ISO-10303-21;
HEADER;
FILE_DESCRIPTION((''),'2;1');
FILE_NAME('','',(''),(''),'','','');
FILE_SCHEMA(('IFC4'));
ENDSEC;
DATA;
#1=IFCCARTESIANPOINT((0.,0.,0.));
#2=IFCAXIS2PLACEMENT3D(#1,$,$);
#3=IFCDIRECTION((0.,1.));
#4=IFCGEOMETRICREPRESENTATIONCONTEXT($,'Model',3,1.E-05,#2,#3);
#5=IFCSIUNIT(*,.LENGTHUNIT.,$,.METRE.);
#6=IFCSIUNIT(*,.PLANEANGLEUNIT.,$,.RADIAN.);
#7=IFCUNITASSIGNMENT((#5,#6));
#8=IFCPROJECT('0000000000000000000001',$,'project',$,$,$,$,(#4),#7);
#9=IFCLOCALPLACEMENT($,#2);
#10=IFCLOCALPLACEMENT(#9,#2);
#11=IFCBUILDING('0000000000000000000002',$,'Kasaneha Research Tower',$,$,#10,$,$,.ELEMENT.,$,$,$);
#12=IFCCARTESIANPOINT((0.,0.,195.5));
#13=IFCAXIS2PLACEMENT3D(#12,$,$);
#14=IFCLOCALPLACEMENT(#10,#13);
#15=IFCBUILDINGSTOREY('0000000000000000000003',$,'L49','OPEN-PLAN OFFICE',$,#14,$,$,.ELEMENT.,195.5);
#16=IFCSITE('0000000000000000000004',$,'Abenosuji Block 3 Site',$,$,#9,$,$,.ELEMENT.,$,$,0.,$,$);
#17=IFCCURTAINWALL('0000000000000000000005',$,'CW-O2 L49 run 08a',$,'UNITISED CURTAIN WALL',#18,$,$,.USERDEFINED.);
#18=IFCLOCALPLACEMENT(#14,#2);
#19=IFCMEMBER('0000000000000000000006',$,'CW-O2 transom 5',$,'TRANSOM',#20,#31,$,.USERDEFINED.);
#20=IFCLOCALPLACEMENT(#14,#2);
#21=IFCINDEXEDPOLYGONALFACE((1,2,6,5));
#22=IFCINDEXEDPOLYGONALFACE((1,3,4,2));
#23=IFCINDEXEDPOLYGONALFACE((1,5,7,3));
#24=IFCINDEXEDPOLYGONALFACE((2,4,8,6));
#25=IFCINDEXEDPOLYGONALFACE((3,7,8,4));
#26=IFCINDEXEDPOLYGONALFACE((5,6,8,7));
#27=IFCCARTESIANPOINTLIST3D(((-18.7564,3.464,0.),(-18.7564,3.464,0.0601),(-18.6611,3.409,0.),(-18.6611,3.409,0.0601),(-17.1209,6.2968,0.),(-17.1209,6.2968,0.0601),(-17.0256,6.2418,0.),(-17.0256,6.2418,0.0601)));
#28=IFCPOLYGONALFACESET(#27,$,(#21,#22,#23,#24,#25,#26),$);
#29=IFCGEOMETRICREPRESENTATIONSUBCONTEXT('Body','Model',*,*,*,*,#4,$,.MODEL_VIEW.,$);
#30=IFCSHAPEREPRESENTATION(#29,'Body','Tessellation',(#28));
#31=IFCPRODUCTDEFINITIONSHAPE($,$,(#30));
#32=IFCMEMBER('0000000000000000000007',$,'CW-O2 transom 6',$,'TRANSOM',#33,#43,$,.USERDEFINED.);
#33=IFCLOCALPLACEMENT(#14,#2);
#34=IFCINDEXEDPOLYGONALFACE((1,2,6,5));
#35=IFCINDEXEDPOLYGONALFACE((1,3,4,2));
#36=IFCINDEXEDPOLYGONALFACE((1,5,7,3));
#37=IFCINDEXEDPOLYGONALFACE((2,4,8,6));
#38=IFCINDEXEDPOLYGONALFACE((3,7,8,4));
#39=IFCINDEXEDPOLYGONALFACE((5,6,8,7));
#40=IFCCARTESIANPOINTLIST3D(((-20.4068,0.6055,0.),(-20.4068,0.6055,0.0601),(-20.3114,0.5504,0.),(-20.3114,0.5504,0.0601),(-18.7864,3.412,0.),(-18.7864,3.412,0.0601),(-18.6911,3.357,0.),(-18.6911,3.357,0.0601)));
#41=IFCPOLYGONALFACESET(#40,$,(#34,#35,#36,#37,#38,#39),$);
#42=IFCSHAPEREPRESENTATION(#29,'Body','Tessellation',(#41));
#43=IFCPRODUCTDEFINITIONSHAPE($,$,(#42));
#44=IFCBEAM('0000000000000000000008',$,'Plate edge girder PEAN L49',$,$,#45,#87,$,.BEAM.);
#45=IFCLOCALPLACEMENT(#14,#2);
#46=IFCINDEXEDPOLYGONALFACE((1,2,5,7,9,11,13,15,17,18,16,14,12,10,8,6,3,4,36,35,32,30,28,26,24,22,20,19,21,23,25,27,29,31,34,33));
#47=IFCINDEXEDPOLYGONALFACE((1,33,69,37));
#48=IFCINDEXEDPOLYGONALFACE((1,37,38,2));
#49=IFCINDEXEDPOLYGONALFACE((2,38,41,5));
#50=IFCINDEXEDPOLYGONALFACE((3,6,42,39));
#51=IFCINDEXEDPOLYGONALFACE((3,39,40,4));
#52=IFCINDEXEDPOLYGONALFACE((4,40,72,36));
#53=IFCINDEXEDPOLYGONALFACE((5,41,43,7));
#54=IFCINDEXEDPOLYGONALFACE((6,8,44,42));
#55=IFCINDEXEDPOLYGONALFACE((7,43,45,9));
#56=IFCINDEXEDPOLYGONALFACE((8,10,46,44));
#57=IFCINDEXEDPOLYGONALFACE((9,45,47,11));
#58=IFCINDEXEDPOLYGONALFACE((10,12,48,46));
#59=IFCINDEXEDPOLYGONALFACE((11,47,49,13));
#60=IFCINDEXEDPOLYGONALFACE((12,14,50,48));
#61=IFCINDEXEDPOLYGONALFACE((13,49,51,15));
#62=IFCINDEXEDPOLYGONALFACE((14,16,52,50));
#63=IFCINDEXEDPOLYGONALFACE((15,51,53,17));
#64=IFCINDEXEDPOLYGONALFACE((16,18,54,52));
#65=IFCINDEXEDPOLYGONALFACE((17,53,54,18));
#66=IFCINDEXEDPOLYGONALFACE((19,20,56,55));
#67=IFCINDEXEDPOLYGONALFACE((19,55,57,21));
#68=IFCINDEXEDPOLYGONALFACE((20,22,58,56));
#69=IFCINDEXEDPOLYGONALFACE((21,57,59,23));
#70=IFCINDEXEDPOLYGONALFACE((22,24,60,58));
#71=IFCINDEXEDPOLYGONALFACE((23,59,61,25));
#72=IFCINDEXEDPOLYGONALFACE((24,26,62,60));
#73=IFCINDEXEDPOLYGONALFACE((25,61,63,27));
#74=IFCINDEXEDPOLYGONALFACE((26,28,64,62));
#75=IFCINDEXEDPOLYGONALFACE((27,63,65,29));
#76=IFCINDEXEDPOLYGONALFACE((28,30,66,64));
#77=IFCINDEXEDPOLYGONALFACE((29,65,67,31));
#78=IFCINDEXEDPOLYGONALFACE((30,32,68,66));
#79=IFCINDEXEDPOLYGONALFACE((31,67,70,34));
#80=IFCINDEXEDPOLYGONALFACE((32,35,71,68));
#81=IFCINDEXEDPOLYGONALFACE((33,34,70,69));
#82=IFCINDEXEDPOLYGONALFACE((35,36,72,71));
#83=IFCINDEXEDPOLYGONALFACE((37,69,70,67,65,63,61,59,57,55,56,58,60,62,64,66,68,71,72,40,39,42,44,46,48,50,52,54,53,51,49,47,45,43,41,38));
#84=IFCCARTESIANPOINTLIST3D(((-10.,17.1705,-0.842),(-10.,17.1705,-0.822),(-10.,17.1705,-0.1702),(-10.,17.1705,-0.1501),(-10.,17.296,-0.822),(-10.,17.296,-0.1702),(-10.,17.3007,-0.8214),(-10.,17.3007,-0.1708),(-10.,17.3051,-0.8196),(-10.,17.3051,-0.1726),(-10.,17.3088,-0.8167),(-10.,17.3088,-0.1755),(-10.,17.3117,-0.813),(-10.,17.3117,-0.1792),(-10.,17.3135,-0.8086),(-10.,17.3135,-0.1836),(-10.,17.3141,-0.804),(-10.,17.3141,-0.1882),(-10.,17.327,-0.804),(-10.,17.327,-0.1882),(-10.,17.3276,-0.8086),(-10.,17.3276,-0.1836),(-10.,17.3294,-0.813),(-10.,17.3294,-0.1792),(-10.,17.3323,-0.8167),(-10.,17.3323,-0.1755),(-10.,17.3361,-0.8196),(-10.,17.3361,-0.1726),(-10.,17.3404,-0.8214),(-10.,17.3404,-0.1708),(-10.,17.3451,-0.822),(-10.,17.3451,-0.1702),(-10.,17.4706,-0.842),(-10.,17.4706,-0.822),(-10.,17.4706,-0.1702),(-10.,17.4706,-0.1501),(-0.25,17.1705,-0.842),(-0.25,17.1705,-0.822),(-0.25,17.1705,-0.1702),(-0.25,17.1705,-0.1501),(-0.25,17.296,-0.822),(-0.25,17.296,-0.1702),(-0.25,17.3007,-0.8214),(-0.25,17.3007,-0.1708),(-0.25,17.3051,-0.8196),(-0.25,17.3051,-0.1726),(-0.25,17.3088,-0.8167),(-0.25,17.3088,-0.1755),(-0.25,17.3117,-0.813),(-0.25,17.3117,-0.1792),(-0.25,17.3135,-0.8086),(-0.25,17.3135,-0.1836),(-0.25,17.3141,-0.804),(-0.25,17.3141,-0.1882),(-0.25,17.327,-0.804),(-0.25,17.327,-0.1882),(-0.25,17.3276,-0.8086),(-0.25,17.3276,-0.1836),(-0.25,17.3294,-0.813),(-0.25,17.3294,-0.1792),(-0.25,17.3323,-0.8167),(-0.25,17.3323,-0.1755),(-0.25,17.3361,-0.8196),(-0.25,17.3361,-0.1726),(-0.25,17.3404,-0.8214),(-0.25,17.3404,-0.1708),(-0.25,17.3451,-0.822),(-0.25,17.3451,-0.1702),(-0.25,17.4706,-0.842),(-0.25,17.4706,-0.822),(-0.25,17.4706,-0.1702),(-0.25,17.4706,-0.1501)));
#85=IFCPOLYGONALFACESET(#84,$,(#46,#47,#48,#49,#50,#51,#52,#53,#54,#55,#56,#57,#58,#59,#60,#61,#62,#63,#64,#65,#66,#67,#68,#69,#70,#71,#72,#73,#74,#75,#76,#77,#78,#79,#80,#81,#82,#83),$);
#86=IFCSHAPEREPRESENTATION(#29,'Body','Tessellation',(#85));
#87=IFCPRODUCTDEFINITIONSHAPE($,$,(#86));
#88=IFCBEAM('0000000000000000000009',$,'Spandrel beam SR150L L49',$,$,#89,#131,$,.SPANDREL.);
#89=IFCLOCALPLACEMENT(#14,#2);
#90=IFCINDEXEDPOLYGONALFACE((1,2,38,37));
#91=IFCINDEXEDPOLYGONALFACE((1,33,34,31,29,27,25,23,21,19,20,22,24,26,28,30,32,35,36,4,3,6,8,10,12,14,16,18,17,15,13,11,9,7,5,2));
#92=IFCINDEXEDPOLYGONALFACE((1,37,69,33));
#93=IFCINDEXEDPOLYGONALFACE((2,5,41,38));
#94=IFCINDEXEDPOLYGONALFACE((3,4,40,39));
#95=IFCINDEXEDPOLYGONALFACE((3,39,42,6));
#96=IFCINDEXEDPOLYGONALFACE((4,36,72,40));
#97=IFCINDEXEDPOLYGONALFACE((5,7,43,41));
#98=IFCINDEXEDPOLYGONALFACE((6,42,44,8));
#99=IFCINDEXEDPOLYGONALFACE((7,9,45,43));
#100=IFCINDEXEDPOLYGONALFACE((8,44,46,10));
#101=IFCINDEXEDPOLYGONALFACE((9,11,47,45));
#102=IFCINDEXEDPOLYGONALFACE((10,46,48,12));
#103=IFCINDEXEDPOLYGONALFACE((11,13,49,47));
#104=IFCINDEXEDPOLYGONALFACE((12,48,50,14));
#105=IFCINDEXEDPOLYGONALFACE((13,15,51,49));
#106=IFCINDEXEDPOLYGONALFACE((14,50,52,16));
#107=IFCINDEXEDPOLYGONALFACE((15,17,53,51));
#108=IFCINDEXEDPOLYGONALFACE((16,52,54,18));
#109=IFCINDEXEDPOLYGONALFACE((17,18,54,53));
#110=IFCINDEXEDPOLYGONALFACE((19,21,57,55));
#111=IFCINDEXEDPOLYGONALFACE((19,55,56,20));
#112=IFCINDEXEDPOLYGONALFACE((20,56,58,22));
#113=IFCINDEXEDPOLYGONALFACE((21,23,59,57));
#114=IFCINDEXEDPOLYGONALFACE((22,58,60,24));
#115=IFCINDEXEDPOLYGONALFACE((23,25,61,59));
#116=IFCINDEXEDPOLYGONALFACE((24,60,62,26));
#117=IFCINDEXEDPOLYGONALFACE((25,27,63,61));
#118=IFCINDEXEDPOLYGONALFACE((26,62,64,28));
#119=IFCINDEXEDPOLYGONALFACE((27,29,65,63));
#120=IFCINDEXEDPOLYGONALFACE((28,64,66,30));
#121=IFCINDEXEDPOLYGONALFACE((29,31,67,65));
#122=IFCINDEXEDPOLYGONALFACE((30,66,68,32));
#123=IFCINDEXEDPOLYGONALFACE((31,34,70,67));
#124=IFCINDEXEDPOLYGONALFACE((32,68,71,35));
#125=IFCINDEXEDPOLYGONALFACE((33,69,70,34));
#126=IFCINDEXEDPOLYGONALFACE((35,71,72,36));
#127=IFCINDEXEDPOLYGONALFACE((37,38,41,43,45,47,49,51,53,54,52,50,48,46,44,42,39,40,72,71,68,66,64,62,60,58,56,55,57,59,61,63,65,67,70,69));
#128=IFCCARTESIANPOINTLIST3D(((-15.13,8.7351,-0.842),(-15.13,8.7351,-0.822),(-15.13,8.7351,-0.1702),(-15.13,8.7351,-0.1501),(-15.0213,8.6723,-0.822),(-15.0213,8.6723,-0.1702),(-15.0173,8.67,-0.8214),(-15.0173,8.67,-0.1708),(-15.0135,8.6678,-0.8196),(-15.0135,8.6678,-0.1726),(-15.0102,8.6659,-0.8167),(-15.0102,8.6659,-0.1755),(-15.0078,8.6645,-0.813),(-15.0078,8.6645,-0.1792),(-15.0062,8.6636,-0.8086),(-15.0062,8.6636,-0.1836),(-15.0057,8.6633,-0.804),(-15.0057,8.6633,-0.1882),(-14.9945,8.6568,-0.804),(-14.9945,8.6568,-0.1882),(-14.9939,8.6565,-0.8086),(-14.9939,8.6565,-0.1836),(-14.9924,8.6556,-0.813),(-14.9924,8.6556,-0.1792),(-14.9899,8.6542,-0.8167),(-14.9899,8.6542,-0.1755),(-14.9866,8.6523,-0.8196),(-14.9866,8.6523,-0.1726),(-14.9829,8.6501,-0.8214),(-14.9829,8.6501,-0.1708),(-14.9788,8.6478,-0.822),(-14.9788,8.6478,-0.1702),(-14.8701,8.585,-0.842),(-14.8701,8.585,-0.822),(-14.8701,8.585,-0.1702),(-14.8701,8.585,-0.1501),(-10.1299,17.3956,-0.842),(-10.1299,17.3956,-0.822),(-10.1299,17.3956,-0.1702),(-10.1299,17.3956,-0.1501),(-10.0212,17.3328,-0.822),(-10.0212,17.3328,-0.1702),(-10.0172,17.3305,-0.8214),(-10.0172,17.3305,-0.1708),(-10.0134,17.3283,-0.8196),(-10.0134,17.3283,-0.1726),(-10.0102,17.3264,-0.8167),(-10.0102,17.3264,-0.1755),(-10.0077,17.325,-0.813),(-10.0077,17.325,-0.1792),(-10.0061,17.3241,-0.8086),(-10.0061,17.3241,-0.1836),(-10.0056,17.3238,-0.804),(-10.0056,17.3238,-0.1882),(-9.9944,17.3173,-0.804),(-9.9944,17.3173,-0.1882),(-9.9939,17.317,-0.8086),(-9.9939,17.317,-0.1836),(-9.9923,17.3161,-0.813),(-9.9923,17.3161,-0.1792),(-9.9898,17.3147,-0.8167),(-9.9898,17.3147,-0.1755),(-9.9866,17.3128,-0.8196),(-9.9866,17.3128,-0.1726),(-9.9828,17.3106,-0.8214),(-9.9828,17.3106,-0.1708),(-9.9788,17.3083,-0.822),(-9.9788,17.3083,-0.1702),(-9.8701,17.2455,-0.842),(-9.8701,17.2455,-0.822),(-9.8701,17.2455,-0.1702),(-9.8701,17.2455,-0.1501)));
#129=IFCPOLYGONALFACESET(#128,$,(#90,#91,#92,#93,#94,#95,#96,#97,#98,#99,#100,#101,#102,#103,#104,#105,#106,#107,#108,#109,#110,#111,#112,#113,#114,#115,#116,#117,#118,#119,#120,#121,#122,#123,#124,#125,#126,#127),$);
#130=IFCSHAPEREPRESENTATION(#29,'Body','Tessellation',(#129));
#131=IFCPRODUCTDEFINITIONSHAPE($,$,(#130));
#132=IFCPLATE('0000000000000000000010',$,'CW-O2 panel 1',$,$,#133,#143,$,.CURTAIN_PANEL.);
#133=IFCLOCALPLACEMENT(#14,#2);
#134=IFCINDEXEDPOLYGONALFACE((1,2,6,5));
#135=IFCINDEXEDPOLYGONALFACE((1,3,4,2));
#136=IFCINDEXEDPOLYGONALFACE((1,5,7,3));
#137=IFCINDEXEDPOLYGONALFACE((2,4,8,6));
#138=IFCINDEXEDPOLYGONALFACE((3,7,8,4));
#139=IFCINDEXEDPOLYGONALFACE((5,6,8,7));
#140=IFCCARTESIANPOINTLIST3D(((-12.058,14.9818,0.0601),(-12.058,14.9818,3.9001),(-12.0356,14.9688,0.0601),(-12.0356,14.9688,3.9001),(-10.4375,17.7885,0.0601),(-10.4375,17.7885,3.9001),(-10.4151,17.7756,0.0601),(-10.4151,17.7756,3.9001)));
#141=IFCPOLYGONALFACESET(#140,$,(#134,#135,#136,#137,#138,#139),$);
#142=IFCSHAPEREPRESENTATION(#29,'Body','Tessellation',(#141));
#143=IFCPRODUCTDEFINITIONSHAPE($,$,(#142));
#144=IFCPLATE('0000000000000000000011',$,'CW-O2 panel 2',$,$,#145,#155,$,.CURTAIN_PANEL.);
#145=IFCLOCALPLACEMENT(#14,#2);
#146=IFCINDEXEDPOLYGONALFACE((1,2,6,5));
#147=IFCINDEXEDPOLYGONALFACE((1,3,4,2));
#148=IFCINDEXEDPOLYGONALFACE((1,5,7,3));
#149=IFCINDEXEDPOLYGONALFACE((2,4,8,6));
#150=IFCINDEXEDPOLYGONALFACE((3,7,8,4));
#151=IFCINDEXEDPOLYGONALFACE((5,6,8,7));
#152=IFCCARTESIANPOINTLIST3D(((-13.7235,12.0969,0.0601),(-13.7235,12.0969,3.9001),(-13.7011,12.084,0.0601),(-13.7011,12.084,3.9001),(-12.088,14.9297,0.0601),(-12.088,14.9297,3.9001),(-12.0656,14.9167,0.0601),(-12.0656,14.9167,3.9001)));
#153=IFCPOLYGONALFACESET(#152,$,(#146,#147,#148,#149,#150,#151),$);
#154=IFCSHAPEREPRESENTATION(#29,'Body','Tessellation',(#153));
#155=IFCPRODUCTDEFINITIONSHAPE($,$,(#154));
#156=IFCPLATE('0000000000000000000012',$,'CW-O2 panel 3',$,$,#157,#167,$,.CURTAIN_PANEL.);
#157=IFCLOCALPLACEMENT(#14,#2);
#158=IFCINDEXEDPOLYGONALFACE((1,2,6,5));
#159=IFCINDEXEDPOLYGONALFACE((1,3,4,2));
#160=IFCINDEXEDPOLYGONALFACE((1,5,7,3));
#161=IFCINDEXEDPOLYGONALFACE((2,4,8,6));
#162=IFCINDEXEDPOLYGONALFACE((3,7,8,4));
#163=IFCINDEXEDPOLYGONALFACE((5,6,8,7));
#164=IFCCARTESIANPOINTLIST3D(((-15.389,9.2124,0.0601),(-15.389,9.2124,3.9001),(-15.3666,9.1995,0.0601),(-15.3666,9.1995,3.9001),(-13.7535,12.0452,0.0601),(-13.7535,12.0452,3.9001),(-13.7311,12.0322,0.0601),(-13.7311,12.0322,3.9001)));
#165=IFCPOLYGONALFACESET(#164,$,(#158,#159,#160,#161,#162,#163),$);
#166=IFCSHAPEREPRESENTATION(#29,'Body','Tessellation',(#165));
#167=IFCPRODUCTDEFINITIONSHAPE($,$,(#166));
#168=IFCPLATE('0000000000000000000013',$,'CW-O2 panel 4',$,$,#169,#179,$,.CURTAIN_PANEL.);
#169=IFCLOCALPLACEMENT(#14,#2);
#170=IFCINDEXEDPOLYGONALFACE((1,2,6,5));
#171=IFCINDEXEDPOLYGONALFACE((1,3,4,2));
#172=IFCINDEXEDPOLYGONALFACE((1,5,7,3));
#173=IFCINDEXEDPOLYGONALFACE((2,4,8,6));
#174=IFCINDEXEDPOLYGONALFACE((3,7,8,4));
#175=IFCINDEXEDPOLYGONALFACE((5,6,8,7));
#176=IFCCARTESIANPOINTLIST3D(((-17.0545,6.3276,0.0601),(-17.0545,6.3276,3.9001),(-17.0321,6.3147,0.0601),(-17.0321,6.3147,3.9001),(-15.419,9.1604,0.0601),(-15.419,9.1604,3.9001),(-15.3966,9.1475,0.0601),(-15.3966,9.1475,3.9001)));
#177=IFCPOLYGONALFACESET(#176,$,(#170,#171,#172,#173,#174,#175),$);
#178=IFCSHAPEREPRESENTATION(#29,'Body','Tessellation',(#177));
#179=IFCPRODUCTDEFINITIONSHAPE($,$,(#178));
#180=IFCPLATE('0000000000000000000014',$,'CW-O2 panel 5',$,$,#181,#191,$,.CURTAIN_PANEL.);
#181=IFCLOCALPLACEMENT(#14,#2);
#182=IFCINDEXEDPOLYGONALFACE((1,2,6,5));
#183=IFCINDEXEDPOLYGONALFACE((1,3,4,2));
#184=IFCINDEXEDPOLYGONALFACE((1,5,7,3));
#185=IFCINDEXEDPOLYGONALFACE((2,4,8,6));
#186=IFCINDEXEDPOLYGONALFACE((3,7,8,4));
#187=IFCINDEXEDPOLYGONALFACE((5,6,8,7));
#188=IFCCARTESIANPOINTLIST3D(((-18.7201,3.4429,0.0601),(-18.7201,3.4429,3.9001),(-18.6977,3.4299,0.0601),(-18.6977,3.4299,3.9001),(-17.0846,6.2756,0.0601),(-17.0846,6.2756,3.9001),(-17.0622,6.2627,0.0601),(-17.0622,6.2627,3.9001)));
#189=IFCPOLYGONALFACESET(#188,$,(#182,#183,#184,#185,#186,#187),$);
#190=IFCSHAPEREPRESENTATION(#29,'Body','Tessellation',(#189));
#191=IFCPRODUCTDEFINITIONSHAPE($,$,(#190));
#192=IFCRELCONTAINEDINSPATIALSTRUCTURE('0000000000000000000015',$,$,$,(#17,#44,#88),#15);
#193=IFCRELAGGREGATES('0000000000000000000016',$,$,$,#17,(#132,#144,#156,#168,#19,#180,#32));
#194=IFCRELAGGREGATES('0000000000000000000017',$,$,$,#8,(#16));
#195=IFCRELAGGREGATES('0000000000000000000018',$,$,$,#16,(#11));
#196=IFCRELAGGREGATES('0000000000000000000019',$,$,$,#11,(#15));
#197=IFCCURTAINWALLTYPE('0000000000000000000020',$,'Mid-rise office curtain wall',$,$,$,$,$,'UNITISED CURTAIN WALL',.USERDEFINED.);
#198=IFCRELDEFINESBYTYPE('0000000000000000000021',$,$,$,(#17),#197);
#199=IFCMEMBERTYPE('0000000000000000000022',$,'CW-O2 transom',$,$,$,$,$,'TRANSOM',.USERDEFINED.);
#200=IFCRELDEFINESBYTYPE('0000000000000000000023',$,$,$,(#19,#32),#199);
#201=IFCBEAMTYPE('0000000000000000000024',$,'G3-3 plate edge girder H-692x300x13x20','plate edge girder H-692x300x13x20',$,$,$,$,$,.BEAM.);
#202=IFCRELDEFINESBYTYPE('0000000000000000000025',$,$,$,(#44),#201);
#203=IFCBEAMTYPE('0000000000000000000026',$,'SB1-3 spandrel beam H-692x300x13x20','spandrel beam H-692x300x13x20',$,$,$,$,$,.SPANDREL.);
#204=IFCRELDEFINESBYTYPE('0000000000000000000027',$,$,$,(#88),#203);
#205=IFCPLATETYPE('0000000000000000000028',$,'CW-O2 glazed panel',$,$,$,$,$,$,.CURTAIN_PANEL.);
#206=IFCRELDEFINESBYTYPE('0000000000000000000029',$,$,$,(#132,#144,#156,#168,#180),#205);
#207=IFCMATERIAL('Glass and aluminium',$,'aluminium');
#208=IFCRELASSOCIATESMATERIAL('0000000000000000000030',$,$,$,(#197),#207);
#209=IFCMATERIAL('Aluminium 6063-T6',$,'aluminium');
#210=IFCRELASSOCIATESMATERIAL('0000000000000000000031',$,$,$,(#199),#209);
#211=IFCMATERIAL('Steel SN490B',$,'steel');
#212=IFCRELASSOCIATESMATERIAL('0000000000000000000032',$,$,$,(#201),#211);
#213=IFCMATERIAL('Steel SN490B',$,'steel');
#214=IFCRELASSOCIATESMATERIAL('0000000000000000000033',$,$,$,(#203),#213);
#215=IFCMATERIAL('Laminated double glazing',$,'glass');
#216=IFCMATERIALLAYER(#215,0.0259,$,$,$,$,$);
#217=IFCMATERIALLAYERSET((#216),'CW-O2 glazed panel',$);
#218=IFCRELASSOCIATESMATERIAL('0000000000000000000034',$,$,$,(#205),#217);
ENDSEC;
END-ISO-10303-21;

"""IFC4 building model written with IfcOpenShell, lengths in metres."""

from ifc_helpers import new_model, si_unit, direction, frame, origin, origin_2d, place, context, subcontext, project, spatial, rectangle, i_section, extrude, material, layer, layer_set, material_profile, profile_set, type_object, element, aggregate, save


model = new_model("IFC4")

# Units and contexts
model_context = context("Model", 3, precision=1e-05, world=origin(), true_north=direction((0.0, 1.0)))
body_context = subcontext(model_context, "Body", "Model", "MODEL_VIEW")
ifc_project = project(units=[si_unit("LENGTHUNIT", "METRE"), si_unit("PLANEANGLEUNIT", "RADIAN")], contexts=[model_context])

# Site, building, storey
site_placement = place(None, origin())
site = spatial("IfcSite", under=ifc_project, at=site_placement, Name="Abenosuji Block 3 Site", CompositionType="ELEMENT", RefElevation=0.0)
building_placement = place(site_placement, origin())
building = spatial("IfcBuilding", under=site, at=building_placement, Name="Kasaneha Research Tower", CompositionType="ELEMENT")
storey_placement = place(building_placement, frame((0.0, 0.0, 195.5)))
storey = spatial("IfcBuildingStorey", under=building, at=storey_placement, Name="L49", Description="OPEN-PLAN OFFICE", CompositionType="ELEMENT", Elevation=195.5)

# Shared definitions
ifc_material_1 = material(Name="Glass and aluminium", Category="aluminium")
curtain_wall_type = type_object("IfcCurtainWallType", Name="Mid-rise office curtain wall", ElementType="UNITISED CURTAIN WALL", PredefinedType="USERDEFINED", material=ifc_material_1)

# Curtain wall, members
curtain_wall_1_placement = place(storey_placement, origin())
curtain_wall_1 = element("IfcCurtainWall", 1, at=curtain_wall_1_placement, inside=storey, type_object=curtain_wall_type, Name="CW-O2 L49 run 08a", ObjectType="UNITISED CURTAIN WALL", PredefinedType="USERDEFINED")
ifc_material_2 = material(Name="Aluminium 6063-T6", Category="aluminium")
ifc_material_profile_1 = material_profile(ifc_material_2, rectangle(XDim=0.1101, YDim=0.0601, at=origin_2d()), Name="CW-O2 transom 110x60")
ifc_profile_set_1 = profile_set([ifc_material_profile_1], Name="Aluminium 6063-T6")
member_type_1 = type_object("IfcMemberType", Name="CW-O2 transom", ElementType="TRANSOM", PredefinedType="USERDEFINED", material=ifc_profile_set_1)
member_1_placement = place(storey_placement, frame((-17.0732, 6.2693, 0.03), z_axis=(-0.5, -0.866025, 0.0), x_axis=(0.866025, -0.5, 0.0)))
member_1 = element("IfcMember", 2, at=member_1_placement, type_object=member_type_1, Name="CW-O2 transom 5", ObjectType="TRANSOM", PredefinedType="USERDEFINED", context=body_context, shape_type="SweptSolid", body=[
    extrude(rectangle(XDim=0.1101, YDim=0.0601, at=origin_2d()), origin(), (0.0, 0.0, 1.0), 3.271),
])
member_2_placement = place(storey_placement, frame((-18.7388, 3.3845, 0.03), z_axis=(-0.499988, -0.866033, 0.0), x_axis=(0.866033, -0.499988, 0.0)))
member_2 = element("IfcMember", 3, at=member_2_placement, type_object=member_type_1, Name="CW-O2 transom 6", ObjectType="TRANSOM", PredefinedType="USERDEFINED", context=body_context, shape_type="SweptSolid", body=[
    extrude(rectangle(XDim=0.1101, YDim=0.0601, at=origin_2d()), origin(), (0.0, 0.0, 1.0), 3.2407),
])

# Beams
ifc_material_3 = material(Name="Steel SN490B", Category="steel")
ifc_material_profile_2 = material_profile(ifc_material_3, i_section(OverallWidth=0.3, OverallDepth=0.6919, WebThickness=0.0129, FlangeThickness=0.02, FilletRadius=0.0181, at=origin_2d()), Name="H-692x300x13x20")
ifc_profile_set_2 = profile_set([ifc_material_profile_2], Name="Steel SN490B")
beam_type_1 = type_object("IfcBeamType", Name="G3-3 plate edge girder H-692x300x13x20", Description="plate edge girder H-692x300x13x20", PredefinedType="BEAM", material=ifc_profile_set_2)
beam_1_placement = place(storey_placement, frame((-10.0, 17.3206, -0.4961), z_axis=(1.0, 0.0, 0.0), x_axis=(0.0, 1.0, 0.0)))
element("IfcBeam", 4, at=beam_1_placement, inside=storey, type_object=beam_type_1, Name="Plate edge girder PEAN L49", PredefinedType="BEAM", context=body_context, shape_type="SweptSolid", body=[
    extrude(i_section(OverallWidth=0.3, OverallDepth=0.6919, WebThickness=0.0129, FlangeThickness=0.02, FilletRadius=0.0181, at=origin_2d()), origin(), (0.0, 0.0, 1.0), 9.75),
])
ifc_material_4 = material(Name="Steel SN490B", Category="steel")
ifc_material_profile_3 = material_profile(ifc_material_4, i_section(OverallWidth=0.3, OverallDepth=0.6919, WebThickness=0.0129, FlangeThickness=0.02, FilletRadius=0.0181, at=origin_2d()), Name="H-692x300x13x20")
ifc_profile_set_3 = profile_set([ifc_material_profile_3], Name="Steel SN490B")
beam_type_2 = type_object("IfcBeamType", Name="SB1-3 spandrel beam H-692x300x13x20", Description="spandrel beam H-692x300x13x20", PredefinedType="SPANDREL", material=ifc_profile_set_3)
beam_2_placement = place(storey_placement, frame((-10.0, 17.3206, -0.4961), z_axis=(-0.499994, -0.866029, 0.0), x_axis=(0.866029, -0.499994, 0.0)))
element("IfcBeam", 5, at=beam_2_placement, inside=storey, type_object=beam_type_2, Name="Spandrel beam SR150L L49", PredefinedType="SPANDREL", context=body_context, shape_type="SweptSolid", body=[
    extrude(i_section(OverallWidth=0.3, OverallDepth=0.6919, WebThickness=0.0129, FlangeThickness=0.02, FilletRadius=0.0181, at=origin_2d()), origin(), (0.0, 0.0, 1.0), 10.0002),
])

# Plates
ifc_material_5 = material(Name="Laminated double glazing", Category="glass")
ifc_layer_1 = layer(ifc_material_5, 0.0259)
ifc_layer_set_1 = layer_set([ifc_layer_1], Name="CW-O2 glazed panel")
plate_type = type_object("IfcPlateType", Name="CW-O2 glazed panel", PredefinedType="CURTAIN_PANEL", material=ifc_layer_set_1)
plate_1_placement = place(storey_placement, frame((-11.2366, 16.3787, 0.0601), z_axis=(0.0, 0.0, 1.0), x_axis=(-0.5, -0.866025, 0.0)))
plate_1 = element("IfcPlate", 6, at=plate_1_placement, type_object=plate_type, Name="CW-O2 panel 1", PredefinedType="CURTAIN_PANEL", context=body_context, shape_type="SweptSolid", body=[
    extrude(rectangle(XDim=3.241, YDim=0.0259, at=origin_2d()), origin(), (0.0, 0.0, 1.0), 3.8401),
])
plate_2_placement = place(storey_placement, frame((-12.8945, 13.5068, 0.0601), z_axis=(0.0, 0.0, 1.0), x_axis=(-0.5, -0.866025, 0.0)))
plate_2 = element("IfcPlate", 7, at=plate_2_placement, type_object=plate_type, Name="CW-O2 panel 2", PredefinedType="CURTAIN_PANEL", context=body_context, shape_type="SweptSolid", body=[
    extrude(rectangle(XDim=3.271, YDim=0.0259, at=origin_2d()), origin(), (0.0, 0.0, 1.0), 3.8401),
])
plate_3_placement = place(storey_placement, frame((-14.5601, 10.6223, 0.0601), z_axis=(0.0, 0.0, 1.0), x_axis=(-0.5, -0.866025, 0.0)))
plate_3 = element("IfcPlate", 8, at=plate_3_placement, type_object=plate_type, Name="CW-O2 panel 3", PredefinedType="CURTAIN_PANEL", context=body_context, shape_type="SweptSolid", body=[
    extrude(rectangle(XDim=3.271, YDim=0.0259, at=origin_2d()), origin(), (0.0, 0.0, 1.0), 3.8401),
])
plate_4_placement = place(storey_placement, frame((-16.2256, 7.7375, 0.0601), z_axis=(0.0, 0.0, 1.0), x_axis=(-0.5, -0.866025, 0.0)))
plate_4 = element("IfcPlate", 9, at=plate_4_placement, type_object=plate_type, Name="CW-O2 panel 4", PredefinedType="CURTAIN_PANEL", context=body_context, shape_type="SweptSolid", body=[
    extrude(rectangle(XDim=3.271, YDim=0.0259, at=origin_2d()), origin(), (0.0, 0.0, 1.0), 3.8401),
])
plate_5_placement = place(storey_placement, frame((-17.8911, 4.8528, 0.0601), z_axis=(0.0, 0.0, 1.0), x_axis=(-0.5, -0.866025, 0.0)))
plate_5 = element("IfcPlate", 10, at=plate_5_placement, type_object=plate_type, Name="CW-O2 panel 5", PredefinedType="CURTAIN_PANEL", context=body_context, shape_type="SweptSolid", body=[
    extrude(rectangle(XDim=3.271, YDim=0.0259, at=origin_2d()), origin(), (0.0, 0.0, 1.0), 3.8401),
])
aggregate(curtain_wall_1, [plate_1, plate_2, plate_3, plate_4, member_1, plate_5, member_2])

save(model, "model.ifc")
